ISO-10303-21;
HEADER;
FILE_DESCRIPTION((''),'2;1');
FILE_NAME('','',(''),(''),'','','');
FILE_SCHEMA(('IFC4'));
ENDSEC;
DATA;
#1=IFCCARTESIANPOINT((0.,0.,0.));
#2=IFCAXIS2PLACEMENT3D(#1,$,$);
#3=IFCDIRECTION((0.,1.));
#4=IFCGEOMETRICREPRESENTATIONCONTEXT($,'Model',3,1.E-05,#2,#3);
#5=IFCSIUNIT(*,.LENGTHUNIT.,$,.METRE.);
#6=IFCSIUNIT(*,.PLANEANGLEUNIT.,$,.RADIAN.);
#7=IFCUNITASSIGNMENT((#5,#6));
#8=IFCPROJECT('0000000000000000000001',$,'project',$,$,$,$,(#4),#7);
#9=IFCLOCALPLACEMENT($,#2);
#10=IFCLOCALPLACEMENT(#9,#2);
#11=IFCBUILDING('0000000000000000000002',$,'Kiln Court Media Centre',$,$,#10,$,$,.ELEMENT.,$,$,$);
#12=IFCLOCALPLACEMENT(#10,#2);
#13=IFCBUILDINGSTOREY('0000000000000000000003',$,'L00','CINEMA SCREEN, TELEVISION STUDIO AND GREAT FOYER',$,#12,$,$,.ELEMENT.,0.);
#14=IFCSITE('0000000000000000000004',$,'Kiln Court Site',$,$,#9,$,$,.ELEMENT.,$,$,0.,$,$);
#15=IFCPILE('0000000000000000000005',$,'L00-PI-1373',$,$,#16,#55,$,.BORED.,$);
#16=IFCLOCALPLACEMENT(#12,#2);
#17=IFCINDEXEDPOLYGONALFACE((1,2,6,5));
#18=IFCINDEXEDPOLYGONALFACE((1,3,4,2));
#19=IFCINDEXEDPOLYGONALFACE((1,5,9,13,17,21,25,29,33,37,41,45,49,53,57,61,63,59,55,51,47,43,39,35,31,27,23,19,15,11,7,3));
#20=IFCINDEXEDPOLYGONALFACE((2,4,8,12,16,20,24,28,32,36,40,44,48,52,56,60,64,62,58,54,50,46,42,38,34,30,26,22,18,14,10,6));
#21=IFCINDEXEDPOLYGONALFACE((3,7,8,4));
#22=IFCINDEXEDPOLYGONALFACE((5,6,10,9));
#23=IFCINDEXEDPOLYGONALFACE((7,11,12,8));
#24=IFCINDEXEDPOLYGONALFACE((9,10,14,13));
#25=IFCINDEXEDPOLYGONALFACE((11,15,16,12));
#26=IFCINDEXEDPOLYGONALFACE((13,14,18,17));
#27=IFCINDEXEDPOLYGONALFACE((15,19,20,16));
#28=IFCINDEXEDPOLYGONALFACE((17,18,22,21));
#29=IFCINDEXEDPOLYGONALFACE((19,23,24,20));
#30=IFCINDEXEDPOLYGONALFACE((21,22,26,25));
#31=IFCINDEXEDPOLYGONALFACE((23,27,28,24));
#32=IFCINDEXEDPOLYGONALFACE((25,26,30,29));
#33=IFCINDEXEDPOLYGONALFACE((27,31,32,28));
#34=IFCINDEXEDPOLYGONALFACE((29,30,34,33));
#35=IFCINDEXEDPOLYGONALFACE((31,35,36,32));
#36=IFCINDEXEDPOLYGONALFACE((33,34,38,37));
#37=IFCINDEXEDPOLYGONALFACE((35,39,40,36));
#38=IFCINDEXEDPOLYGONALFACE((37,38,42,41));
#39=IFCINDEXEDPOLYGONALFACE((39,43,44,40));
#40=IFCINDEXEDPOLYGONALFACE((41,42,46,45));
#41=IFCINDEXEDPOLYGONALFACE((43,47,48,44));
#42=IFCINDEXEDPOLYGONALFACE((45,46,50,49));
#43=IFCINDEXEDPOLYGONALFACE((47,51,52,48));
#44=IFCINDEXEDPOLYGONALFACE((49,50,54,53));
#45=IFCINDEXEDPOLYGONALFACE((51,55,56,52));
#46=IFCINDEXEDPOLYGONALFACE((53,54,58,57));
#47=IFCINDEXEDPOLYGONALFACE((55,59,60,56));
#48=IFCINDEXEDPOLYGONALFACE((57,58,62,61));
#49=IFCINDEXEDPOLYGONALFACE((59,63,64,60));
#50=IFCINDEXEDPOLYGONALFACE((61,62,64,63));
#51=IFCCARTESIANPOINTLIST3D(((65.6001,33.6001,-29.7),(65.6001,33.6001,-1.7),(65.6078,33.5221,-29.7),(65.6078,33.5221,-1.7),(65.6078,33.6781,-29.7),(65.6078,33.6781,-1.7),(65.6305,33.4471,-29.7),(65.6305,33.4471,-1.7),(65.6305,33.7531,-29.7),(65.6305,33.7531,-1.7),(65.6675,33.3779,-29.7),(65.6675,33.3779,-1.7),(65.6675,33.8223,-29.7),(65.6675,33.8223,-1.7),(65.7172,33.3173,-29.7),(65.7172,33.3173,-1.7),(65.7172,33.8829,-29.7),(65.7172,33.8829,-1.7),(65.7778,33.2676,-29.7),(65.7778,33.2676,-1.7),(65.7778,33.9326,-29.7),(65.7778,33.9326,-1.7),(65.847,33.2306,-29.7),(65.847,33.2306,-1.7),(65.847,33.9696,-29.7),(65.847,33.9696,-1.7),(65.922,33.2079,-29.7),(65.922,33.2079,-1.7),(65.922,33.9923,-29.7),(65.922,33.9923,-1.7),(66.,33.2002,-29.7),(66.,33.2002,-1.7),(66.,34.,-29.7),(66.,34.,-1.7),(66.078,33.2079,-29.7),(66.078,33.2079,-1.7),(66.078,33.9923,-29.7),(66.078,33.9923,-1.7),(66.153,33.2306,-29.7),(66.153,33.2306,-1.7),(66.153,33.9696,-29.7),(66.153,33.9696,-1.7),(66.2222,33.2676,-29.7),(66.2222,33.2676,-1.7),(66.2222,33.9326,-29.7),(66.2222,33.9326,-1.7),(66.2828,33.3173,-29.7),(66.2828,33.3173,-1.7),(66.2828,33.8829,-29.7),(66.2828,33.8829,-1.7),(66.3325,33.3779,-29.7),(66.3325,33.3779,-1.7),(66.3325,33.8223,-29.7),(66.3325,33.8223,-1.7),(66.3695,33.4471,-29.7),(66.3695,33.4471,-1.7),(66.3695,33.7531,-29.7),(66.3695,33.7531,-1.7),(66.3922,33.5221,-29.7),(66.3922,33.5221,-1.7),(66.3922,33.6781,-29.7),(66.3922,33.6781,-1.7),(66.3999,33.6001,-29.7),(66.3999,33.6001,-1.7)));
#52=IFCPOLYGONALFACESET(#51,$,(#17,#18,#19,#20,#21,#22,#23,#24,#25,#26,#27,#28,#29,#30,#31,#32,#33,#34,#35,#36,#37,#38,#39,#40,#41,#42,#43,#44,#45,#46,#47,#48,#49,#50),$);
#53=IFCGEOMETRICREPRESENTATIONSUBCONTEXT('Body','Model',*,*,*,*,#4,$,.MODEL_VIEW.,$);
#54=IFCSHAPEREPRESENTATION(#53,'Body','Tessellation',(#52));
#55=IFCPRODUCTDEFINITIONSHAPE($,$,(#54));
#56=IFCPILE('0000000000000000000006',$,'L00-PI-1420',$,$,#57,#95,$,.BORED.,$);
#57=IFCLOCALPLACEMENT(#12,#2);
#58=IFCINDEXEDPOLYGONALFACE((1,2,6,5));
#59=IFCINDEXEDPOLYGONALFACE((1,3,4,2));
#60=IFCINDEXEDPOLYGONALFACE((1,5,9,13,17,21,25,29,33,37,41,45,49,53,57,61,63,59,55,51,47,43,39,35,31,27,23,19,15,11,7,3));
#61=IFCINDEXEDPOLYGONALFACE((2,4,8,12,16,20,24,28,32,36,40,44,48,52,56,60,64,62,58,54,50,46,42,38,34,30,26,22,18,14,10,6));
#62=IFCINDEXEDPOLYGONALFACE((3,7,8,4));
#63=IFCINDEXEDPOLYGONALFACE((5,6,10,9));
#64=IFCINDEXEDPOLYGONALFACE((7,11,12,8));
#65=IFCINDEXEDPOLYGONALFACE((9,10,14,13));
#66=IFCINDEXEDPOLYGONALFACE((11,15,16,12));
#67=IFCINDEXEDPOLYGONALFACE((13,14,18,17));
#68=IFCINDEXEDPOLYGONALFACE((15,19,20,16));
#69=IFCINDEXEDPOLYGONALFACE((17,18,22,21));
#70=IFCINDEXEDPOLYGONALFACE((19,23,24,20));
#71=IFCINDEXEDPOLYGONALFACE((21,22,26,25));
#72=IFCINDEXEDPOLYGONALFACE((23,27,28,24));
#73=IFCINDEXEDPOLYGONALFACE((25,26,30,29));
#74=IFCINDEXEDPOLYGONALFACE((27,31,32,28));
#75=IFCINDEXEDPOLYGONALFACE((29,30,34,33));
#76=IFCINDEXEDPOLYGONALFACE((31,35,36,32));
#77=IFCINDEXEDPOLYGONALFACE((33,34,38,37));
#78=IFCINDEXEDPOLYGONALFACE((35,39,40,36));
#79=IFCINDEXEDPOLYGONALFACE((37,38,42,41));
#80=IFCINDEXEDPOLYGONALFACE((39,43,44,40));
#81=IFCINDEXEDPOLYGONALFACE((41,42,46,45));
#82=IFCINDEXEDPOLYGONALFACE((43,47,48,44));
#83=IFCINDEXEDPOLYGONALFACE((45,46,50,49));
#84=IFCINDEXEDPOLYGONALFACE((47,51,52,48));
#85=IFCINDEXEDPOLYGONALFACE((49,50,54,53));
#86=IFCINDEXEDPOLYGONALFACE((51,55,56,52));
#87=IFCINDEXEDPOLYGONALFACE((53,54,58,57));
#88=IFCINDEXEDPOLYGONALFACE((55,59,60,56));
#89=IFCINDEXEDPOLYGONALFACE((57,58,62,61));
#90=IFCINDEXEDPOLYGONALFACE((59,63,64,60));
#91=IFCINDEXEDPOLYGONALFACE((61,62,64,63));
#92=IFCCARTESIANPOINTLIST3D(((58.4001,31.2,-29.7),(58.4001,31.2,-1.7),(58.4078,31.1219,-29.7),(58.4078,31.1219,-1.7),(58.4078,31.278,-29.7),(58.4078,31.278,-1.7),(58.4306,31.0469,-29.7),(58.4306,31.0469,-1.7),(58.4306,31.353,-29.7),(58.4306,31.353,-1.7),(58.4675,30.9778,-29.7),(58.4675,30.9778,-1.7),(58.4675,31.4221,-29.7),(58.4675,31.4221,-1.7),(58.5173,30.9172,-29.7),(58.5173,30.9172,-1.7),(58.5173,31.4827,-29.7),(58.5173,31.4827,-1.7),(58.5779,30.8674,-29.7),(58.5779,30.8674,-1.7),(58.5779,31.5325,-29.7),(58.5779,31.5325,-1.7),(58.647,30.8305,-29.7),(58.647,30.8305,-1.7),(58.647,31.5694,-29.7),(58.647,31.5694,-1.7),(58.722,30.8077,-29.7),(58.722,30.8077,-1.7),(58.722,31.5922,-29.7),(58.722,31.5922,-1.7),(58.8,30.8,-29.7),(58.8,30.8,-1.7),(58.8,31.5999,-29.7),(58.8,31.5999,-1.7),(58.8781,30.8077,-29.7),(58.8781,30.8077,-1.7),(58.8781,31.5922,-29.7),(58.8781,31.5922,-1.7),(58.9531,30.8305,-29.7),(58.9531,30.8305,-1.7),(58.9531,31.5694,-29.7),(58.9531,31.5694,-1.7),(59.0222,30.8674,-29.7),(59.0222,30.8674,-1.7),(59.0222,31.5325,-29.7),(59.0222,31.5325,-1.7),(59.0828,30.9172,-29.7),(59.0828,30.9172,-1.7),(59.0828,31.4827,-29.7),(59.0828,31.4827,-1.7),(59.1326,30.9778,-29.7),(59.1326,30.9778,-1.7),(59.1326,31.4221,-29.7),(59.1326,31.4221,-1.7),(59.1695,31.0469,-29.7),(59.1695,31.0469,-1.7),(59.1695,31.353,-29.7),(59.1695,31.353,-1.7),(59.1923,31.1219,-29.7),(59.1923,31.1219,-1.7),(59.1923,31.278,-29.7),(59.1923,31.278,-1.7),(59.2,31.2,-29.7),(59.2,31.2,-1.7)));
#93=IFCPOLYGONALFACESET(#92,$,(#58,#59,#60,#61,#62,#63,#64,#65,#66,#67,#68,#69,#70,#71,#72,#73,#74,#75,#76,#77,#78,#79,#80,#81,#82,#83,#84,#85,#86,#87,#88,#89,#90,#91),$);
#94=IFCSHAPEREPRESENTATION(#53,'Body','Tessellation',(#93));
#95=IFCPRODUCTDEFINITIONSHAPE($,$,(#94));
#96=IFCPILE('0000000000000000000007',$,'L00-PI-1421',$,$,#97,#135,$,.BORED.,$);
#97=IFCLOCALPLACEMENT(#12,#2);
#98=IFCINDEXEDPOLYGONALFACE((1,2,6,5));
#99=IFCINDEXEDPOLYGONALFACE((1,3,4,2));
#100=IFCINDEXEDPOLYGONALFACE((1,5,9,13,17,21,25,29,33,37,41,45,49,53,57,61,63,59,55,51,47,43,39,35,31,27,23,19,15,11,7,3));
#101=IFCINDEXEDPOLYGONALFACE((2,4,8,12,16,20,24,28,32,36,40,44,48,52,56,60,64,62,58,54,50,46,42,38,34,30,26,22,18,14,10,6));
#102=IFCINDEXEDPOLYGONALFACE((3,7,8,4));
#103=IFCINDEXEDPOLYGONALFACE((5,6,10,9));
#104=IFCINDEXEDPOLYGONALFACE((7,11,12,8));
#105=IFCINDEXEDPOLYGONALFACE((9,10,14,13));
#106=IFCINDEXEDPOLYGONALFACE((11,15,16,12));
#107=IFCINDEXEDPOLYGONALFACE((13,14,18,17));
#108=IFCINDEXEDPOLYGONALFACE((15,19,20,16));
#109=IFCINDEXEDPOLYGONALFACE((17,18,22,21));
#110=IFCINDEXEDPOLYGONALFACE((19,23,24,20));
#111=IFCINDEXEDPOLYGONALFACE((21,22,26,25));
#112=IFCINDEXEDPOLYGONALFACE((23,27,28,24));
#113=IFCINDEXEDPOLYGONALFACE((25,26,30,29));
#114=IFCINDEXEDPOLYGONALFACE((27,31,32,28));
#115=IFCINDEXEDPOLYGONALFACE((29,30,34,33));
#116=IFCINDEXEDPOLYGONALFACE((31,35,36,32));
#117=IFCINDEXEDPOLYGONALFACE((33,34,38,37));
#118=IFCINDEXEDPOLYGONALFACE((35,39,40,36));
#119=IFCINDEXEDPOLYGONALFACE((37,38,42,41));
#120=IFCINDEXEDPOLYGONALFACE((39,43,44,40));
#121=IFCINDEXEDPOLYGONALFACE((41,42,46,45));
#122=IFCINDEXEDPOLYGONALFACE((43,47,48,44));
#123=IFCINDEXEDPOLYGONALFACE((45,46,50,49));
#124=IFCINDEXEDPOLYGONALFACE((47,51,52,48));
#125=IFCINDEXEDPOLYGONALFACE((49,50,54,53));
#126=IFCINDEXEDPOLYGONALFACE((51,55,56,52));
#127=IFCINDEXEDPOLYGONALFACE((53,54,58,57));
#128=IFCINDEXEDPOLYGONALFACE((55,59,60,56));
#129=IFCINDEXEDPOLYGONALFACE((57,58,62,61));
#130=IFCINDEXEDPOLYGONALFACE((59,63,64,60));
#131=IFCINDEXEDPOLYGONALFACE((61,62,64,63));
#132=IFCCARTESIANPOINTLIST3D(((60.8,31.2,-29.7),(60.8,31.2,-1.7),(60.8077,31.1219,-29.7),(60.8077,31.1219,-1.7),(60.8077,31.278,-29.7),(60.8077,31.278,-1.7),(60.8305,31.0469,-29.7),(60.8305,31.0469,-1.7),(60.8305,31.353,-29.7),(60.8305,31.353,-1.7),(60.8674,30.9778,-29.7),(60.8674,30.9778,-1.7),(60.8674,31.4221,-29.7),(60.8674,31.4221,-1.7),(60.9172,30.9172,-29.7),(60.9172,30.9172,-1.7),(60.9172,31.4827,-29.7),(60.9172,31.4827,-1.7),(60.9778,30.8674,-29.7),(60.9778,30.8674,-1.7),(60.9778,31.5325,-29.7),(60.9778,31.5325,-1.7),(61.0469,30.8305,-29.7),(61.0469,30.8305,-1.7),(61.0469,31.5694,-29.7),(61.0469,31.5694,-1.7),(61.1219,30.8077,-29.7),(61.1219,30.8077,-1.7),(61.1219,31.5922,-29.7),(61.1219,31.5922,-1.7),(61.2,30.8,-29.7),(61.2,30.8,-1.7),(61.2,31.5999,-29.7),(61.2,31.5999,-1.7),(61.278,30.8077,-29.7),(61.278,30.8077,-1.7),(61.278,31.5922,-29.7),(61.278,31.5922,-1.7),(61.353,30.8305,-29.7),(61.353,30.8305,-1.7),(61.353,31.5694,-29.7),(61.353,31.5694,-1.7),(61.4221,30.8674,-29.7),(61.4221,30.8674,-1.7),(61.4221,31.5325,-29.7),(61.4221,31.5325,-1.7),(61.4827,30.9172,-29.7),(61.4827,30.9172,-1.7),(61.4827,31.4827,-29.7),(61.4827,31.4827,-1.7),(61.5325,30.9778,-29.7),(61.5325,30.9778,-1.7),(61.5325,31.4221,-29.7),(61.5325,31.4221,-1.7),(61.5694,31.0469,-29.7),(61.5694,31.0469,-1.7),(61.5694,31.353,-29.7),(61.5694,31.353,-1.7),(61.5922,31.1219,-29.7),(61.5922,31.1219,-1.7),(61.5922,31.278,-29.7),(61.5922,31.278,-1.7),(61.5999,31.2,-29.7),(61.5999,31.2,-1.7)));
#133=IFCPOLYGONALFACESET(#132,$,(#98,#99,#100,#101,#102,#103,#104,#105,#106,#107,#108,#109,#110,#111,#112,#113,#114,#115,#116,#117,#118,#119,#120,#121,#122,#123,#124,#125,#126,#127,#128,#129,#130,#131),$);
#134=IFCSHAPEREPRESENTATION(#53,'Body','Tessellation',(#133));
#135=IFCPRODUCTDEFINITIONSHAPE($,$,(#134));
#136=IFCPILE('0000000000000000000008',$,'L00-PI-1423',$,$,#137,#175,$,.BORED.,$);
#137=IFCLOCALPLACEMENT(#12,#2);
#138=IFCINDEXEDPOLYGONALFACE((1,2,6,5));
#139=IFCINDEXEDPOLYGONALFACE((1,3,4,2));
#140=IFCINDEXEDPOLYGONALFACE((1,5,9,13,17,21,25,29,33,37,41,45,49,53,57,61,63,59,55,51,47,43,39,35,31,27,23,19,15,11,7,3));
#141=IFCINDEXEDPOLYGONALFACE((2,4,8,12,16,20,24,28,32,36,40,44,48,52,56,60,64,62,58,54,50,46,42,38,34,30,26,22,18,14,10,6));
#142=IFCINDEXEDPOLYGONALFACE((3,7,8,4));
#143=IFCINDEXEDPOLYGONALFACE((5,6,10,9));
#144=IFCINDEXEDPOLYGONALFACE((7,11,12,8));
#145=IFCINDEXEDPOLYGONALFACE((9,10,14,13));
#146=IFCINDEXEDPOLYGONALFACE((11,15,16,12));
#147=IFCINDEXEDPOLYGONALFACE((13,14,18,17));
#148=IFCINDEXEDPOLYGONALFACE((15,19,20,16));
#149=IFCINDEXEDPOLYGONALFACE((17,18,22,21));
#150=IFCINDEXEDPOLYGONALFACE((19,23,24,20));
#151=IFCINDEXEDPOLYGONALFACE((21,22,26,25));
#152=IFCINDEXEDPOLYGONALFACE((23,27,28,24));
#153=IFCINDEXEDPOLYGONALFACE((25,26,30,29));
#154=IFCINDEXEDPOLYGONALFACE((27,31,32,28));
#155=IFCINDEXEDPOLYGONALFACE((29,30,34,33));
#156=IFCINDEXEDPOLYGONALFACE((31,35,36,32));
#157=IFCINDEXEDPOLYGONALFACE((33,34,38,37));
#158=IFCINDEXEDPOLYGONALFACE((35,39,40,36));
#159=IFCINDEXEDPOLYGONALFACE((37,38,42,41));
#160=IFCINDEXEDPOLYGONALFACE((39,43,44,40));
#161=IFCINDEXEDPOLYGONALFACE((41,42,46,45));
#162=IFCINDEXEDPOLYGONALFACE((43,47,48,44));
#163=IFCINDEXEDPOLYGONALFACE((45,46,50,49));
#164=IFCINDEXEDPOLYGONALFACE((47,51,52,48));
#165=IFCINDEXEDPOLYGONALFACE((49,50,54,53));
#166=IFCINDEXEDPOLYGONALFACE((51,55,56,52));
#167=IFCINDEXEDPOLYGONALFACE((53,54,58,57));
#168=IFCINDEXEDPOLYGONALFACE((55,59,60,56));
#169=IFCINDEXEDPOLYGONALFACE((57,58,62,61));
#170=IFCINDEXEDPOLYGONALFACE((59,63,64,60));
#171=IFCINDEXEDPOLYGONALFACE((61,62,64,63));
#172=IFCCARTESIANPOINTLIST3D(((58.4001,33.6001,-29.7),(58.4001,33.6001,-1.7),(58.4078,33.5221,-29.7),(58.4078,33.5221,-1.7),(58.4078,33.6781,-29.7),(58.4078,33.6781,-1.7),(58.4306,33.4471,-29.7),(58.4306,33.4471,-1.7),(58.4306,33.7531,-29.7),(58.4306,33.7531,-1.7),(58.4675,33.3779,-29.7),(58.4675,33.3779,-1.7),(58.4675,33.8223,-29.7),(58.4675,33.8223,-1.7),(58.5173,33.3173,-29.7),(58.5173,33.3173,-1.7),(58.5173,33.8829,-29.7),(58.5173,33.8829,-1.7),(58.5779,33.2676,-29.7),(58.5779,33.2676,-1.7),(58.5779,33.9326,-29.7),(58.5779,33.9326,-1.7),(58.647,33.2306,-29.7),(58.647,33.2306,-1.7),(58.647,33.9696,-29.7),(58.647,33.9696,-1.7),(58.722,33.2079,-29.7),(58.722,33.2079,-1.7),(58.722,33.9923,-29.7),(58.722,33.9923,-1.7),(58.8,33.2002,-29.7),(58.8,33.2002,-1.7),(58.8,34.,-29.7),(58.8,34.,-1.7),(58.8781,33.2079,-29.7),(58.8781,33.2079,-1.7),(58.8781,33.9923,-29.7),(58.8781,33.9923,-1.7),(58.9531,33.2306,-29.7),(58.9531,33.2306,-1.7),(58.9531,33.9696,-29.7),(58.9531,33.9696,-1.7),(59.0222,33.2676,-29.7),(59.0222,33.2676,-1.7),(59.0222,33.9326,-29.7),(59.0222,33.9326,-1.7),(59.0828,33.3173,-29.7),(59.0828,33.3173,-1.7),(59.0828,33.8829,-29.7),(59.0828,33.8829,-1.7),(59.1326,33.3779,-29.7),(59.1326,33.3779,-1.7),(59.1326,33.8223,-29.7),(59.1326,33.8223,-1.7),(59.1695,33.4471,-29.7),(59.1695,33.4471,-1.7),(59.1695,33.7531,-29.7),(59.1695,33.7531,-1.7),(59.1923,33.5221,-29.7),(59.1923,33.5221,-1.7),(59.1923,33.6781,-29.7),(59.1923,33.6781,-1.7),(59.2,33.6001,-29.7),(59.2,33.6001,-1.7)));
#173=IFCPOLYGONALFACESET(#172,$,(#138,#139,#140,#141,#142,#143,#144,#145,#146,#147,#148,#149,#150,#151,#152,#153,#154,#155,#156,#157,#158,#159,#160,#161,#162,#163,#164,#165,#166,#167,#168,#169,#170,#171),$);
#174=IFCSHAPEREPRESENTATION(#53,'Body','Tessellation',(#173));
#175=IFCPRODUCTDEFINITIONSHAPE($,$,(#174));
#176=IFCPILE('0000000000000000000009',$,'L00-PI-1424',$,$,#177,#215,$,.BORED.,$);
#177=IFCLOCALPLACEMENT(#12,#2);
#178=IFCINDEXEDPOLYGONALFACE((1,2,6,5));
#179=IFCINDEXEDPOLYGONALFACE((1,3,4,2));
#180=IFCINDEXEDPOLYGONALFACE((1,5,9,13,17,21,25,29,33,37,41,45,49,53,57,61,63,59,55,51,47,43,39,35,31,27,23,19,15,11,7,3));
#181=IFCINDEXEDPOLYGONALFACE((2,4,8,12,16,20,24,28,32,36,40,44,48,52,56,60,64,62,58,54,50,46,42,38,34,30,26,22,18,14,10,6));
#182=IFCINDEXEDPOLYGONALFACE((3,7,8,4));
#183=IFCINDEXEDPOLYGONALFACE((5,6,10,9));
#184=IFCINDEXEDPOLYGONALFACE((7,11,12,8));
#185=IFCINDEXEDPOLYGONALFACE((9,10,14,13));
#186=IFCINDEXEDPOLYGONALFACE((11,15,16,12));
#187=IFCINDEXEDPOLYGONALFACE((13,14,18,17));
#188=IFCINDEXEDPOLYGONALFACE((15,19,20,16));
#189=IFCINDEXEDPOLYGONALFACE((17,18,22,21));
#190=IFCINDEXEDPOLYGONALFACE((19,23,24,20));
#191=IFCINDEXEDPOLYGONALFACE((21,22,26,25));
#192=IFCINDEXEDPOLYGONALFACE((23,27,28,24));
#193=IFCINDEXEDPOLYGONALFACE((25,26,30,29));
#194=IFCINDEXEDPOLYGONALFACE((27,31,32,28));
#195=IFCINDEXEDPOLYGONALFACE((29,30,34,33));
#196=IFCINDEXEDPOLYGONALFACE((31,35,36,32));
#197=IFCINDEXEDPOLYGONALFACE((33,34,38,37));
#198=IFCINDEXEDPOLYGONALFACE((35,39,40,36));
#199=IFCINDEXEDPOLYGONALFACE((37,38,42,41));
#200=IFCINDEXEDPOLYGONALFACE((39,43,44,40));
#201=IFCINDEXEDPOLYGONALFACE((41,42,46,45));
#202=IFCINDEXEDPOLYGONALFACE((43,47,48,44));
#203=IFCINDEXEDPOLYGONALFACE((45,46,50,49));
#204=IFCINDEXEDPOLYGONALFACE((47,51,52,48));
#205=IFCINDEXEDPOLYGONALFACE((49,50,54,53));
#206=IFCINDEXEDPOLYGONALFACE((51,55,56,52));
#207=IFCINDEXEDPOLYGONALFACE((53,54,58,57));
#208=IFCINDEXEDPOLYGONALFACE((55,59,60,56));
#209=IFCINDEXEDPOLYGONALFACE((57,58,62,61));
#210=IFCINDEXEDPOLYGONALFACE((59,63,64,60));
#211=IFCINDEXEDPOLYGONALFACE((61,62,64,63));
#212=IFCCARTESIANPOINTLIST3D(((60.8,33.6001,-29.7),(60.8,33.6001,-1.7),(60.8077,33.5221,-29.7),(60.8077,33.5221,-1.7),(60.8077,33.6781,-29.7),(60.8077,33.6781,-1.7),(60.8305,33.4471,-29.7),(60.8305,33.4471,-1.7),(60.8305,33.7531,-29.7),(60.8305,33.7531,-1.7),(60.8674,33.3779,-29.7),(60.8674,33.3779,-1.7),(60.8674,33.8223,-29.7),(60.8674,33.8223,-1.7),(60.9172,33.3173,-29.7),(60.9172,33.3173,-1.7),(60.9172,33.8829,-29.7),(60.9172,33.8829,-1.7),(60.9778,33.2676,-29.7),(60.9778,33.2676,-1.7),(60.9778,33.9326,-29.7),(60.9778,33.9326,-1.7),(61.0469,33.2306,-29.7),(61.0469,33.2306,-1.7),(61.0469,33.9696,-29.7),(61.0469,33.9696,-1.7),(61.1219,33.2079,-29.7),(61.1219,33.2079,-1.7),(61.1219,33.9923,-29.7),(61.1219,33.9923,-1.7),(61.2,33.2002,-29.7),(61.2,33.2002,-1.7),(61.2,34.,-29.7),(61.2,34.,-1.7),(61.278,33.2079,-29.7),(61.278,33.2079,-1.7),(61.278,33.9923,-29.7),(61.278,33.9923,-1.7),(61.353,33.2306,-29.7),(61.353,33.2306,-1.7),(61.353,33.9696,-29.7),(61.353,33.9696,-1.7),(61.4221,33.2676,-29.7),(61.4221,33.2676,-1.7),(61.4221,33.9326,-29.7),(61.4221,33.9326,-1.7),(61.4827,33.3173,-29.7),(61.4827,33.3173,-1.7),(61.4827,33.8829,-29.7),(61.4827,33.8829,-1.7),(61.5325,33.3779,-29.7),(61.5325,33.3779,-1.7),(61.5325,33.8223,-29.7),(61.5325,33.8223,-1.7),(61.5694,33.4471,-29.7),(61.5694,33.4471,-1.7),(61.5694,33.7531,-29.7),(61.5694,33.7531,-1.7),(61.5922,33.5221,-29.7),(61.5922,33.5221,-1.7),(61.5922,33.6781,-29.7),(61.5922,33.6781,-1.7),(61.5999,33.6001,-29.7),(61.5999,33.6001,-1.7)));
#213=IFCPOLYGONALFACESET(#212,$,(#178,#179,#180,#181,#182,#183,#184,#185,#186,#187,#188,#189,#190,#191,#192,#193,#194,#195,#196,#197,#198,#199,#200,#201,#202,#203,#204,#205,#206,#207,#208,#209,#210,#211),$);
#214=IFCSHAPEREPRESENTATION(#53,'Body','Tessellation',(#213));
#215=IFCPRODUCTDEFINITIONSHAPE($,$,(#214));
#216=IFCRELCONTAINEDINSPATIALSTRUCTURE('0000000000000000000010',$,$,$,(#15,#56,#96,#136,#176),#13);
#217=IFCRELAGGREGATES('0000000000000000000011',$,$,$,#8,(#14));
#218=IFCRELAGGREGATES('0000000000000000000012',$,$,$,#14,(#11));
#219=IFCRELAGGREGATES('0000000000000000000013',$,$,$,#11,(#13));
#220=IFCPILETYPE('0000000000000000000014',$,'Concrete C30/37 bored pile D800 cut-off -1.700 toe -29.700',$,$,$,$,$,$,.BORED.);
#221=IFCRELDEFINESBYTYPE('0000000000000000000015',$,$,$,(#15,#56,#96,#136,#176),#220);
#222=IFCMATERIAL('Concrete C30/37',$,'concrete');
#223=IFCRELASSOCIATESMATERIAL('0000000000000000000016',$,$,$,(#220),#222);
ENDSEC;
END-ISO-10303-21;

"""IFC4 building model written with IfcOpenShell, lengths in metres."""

from ifc_helpers import new_model, si_unit, direction, frame, origin, origin_2d, place, context, subcontext, project, spatial, circle, extrude, material, material_profile, profile_set, type_object, element, save


model = new_model("IFC4")

# Units and contexts
model_context = context("Model", 3, precision=1e-05, world=origin(), true_north=direction((0.0, 1.0)))
body_context = subcontext(model_context, "Body", "Model", "MODEL_VIEW")
ifc_project = project(units=[si_unit("LENGTHUNIT", "METRE"), si_unit("PLANEANGLEUNIT", "RADIAN")], contexts=[model_context])

# Site, building, storey
site_placement = place(None, origin())
site = spatial("IfcSite", under=ifc_project, at=site_placement, Name="Kiln Court Site", CompositionType="ELEMENT", RefElevation=0.0)
building_placement = place(site_placement, origin())
building = spatial("IfcBuilding", under=site, at=building_placement, Name="Kiln Court Media Centre", CompositionType="ELEMENT")
storey_placement = place(building_placement, origin())
storey = spatial("IfcBuildingStorey", under=building, at=storey_placement, Name="L00", Description="CINEMA SCREEN, TELEVISION STUDIO AND GREAT FOYER", CompositionType="ELEMENT", Elevation=0.0)

# Piles
ifc_material_1 = material(Name="Concrete C30/37", Category="concrete")
ifc_material_profile_1 = material_profile(ifc_material_1, circle(Radius=0.3999, at=origin_2d()), Name="PILE D800")
ifc_profile_set_1 = profile_set([ifc_material_profile_1], Name="Concrete C30/37")
pile_type_1 = type_object("IfcPileType", Name="Concrete C30/37 bored pile D800 cut-off -1.700 toe -29.700", PredefinedType="BORED", material=ifc_profile_set_1)
for number, where, z_axis, x_axis, name in (
    (1, (66.0, 33.6001, -1.7), (0.0, 0.0, -1.0), (1.0, 0.0, 0.0), "L00-PI-1373"),
    (2, (58.8, 31.2, -1.7), (0.0, 0.0, -1.0), (1.0, 0.0, 0.0), "L00-PI-1420"),
    (3, (61.2, 31.2, -1.7), (0.0, 0.0, -1.0), (1.0, 0.0, 0.0), "L00-PI-1421"),
    (4, (58.8, 33.6001, -1.7), (0.0, 0.0, -1.0), (1.0, 0.0, 0.0), "L00-PI-1423"),
    (5, (61.2, 33.6001, -1.7), (0.0, 0.0, -1.0), (1.0, 0.0, 0.0), "L00-PI-1424"),
):
    element("IfcPile", number, at=place(storey_placement, frame(where, z_axis=z_axis, x_axis=x_axis)), inside=storey, type_object=pile_type_1, Name=name, PredefinedType="BORED", context=body_context, shape_type="SweptSolid", body=[
        extrude(circle(Radius=0.3999, at=origin_2d()), origin(), (0.0, 0.0, 1.0), 28.0),
    ])

save(model, "model.ifc")
